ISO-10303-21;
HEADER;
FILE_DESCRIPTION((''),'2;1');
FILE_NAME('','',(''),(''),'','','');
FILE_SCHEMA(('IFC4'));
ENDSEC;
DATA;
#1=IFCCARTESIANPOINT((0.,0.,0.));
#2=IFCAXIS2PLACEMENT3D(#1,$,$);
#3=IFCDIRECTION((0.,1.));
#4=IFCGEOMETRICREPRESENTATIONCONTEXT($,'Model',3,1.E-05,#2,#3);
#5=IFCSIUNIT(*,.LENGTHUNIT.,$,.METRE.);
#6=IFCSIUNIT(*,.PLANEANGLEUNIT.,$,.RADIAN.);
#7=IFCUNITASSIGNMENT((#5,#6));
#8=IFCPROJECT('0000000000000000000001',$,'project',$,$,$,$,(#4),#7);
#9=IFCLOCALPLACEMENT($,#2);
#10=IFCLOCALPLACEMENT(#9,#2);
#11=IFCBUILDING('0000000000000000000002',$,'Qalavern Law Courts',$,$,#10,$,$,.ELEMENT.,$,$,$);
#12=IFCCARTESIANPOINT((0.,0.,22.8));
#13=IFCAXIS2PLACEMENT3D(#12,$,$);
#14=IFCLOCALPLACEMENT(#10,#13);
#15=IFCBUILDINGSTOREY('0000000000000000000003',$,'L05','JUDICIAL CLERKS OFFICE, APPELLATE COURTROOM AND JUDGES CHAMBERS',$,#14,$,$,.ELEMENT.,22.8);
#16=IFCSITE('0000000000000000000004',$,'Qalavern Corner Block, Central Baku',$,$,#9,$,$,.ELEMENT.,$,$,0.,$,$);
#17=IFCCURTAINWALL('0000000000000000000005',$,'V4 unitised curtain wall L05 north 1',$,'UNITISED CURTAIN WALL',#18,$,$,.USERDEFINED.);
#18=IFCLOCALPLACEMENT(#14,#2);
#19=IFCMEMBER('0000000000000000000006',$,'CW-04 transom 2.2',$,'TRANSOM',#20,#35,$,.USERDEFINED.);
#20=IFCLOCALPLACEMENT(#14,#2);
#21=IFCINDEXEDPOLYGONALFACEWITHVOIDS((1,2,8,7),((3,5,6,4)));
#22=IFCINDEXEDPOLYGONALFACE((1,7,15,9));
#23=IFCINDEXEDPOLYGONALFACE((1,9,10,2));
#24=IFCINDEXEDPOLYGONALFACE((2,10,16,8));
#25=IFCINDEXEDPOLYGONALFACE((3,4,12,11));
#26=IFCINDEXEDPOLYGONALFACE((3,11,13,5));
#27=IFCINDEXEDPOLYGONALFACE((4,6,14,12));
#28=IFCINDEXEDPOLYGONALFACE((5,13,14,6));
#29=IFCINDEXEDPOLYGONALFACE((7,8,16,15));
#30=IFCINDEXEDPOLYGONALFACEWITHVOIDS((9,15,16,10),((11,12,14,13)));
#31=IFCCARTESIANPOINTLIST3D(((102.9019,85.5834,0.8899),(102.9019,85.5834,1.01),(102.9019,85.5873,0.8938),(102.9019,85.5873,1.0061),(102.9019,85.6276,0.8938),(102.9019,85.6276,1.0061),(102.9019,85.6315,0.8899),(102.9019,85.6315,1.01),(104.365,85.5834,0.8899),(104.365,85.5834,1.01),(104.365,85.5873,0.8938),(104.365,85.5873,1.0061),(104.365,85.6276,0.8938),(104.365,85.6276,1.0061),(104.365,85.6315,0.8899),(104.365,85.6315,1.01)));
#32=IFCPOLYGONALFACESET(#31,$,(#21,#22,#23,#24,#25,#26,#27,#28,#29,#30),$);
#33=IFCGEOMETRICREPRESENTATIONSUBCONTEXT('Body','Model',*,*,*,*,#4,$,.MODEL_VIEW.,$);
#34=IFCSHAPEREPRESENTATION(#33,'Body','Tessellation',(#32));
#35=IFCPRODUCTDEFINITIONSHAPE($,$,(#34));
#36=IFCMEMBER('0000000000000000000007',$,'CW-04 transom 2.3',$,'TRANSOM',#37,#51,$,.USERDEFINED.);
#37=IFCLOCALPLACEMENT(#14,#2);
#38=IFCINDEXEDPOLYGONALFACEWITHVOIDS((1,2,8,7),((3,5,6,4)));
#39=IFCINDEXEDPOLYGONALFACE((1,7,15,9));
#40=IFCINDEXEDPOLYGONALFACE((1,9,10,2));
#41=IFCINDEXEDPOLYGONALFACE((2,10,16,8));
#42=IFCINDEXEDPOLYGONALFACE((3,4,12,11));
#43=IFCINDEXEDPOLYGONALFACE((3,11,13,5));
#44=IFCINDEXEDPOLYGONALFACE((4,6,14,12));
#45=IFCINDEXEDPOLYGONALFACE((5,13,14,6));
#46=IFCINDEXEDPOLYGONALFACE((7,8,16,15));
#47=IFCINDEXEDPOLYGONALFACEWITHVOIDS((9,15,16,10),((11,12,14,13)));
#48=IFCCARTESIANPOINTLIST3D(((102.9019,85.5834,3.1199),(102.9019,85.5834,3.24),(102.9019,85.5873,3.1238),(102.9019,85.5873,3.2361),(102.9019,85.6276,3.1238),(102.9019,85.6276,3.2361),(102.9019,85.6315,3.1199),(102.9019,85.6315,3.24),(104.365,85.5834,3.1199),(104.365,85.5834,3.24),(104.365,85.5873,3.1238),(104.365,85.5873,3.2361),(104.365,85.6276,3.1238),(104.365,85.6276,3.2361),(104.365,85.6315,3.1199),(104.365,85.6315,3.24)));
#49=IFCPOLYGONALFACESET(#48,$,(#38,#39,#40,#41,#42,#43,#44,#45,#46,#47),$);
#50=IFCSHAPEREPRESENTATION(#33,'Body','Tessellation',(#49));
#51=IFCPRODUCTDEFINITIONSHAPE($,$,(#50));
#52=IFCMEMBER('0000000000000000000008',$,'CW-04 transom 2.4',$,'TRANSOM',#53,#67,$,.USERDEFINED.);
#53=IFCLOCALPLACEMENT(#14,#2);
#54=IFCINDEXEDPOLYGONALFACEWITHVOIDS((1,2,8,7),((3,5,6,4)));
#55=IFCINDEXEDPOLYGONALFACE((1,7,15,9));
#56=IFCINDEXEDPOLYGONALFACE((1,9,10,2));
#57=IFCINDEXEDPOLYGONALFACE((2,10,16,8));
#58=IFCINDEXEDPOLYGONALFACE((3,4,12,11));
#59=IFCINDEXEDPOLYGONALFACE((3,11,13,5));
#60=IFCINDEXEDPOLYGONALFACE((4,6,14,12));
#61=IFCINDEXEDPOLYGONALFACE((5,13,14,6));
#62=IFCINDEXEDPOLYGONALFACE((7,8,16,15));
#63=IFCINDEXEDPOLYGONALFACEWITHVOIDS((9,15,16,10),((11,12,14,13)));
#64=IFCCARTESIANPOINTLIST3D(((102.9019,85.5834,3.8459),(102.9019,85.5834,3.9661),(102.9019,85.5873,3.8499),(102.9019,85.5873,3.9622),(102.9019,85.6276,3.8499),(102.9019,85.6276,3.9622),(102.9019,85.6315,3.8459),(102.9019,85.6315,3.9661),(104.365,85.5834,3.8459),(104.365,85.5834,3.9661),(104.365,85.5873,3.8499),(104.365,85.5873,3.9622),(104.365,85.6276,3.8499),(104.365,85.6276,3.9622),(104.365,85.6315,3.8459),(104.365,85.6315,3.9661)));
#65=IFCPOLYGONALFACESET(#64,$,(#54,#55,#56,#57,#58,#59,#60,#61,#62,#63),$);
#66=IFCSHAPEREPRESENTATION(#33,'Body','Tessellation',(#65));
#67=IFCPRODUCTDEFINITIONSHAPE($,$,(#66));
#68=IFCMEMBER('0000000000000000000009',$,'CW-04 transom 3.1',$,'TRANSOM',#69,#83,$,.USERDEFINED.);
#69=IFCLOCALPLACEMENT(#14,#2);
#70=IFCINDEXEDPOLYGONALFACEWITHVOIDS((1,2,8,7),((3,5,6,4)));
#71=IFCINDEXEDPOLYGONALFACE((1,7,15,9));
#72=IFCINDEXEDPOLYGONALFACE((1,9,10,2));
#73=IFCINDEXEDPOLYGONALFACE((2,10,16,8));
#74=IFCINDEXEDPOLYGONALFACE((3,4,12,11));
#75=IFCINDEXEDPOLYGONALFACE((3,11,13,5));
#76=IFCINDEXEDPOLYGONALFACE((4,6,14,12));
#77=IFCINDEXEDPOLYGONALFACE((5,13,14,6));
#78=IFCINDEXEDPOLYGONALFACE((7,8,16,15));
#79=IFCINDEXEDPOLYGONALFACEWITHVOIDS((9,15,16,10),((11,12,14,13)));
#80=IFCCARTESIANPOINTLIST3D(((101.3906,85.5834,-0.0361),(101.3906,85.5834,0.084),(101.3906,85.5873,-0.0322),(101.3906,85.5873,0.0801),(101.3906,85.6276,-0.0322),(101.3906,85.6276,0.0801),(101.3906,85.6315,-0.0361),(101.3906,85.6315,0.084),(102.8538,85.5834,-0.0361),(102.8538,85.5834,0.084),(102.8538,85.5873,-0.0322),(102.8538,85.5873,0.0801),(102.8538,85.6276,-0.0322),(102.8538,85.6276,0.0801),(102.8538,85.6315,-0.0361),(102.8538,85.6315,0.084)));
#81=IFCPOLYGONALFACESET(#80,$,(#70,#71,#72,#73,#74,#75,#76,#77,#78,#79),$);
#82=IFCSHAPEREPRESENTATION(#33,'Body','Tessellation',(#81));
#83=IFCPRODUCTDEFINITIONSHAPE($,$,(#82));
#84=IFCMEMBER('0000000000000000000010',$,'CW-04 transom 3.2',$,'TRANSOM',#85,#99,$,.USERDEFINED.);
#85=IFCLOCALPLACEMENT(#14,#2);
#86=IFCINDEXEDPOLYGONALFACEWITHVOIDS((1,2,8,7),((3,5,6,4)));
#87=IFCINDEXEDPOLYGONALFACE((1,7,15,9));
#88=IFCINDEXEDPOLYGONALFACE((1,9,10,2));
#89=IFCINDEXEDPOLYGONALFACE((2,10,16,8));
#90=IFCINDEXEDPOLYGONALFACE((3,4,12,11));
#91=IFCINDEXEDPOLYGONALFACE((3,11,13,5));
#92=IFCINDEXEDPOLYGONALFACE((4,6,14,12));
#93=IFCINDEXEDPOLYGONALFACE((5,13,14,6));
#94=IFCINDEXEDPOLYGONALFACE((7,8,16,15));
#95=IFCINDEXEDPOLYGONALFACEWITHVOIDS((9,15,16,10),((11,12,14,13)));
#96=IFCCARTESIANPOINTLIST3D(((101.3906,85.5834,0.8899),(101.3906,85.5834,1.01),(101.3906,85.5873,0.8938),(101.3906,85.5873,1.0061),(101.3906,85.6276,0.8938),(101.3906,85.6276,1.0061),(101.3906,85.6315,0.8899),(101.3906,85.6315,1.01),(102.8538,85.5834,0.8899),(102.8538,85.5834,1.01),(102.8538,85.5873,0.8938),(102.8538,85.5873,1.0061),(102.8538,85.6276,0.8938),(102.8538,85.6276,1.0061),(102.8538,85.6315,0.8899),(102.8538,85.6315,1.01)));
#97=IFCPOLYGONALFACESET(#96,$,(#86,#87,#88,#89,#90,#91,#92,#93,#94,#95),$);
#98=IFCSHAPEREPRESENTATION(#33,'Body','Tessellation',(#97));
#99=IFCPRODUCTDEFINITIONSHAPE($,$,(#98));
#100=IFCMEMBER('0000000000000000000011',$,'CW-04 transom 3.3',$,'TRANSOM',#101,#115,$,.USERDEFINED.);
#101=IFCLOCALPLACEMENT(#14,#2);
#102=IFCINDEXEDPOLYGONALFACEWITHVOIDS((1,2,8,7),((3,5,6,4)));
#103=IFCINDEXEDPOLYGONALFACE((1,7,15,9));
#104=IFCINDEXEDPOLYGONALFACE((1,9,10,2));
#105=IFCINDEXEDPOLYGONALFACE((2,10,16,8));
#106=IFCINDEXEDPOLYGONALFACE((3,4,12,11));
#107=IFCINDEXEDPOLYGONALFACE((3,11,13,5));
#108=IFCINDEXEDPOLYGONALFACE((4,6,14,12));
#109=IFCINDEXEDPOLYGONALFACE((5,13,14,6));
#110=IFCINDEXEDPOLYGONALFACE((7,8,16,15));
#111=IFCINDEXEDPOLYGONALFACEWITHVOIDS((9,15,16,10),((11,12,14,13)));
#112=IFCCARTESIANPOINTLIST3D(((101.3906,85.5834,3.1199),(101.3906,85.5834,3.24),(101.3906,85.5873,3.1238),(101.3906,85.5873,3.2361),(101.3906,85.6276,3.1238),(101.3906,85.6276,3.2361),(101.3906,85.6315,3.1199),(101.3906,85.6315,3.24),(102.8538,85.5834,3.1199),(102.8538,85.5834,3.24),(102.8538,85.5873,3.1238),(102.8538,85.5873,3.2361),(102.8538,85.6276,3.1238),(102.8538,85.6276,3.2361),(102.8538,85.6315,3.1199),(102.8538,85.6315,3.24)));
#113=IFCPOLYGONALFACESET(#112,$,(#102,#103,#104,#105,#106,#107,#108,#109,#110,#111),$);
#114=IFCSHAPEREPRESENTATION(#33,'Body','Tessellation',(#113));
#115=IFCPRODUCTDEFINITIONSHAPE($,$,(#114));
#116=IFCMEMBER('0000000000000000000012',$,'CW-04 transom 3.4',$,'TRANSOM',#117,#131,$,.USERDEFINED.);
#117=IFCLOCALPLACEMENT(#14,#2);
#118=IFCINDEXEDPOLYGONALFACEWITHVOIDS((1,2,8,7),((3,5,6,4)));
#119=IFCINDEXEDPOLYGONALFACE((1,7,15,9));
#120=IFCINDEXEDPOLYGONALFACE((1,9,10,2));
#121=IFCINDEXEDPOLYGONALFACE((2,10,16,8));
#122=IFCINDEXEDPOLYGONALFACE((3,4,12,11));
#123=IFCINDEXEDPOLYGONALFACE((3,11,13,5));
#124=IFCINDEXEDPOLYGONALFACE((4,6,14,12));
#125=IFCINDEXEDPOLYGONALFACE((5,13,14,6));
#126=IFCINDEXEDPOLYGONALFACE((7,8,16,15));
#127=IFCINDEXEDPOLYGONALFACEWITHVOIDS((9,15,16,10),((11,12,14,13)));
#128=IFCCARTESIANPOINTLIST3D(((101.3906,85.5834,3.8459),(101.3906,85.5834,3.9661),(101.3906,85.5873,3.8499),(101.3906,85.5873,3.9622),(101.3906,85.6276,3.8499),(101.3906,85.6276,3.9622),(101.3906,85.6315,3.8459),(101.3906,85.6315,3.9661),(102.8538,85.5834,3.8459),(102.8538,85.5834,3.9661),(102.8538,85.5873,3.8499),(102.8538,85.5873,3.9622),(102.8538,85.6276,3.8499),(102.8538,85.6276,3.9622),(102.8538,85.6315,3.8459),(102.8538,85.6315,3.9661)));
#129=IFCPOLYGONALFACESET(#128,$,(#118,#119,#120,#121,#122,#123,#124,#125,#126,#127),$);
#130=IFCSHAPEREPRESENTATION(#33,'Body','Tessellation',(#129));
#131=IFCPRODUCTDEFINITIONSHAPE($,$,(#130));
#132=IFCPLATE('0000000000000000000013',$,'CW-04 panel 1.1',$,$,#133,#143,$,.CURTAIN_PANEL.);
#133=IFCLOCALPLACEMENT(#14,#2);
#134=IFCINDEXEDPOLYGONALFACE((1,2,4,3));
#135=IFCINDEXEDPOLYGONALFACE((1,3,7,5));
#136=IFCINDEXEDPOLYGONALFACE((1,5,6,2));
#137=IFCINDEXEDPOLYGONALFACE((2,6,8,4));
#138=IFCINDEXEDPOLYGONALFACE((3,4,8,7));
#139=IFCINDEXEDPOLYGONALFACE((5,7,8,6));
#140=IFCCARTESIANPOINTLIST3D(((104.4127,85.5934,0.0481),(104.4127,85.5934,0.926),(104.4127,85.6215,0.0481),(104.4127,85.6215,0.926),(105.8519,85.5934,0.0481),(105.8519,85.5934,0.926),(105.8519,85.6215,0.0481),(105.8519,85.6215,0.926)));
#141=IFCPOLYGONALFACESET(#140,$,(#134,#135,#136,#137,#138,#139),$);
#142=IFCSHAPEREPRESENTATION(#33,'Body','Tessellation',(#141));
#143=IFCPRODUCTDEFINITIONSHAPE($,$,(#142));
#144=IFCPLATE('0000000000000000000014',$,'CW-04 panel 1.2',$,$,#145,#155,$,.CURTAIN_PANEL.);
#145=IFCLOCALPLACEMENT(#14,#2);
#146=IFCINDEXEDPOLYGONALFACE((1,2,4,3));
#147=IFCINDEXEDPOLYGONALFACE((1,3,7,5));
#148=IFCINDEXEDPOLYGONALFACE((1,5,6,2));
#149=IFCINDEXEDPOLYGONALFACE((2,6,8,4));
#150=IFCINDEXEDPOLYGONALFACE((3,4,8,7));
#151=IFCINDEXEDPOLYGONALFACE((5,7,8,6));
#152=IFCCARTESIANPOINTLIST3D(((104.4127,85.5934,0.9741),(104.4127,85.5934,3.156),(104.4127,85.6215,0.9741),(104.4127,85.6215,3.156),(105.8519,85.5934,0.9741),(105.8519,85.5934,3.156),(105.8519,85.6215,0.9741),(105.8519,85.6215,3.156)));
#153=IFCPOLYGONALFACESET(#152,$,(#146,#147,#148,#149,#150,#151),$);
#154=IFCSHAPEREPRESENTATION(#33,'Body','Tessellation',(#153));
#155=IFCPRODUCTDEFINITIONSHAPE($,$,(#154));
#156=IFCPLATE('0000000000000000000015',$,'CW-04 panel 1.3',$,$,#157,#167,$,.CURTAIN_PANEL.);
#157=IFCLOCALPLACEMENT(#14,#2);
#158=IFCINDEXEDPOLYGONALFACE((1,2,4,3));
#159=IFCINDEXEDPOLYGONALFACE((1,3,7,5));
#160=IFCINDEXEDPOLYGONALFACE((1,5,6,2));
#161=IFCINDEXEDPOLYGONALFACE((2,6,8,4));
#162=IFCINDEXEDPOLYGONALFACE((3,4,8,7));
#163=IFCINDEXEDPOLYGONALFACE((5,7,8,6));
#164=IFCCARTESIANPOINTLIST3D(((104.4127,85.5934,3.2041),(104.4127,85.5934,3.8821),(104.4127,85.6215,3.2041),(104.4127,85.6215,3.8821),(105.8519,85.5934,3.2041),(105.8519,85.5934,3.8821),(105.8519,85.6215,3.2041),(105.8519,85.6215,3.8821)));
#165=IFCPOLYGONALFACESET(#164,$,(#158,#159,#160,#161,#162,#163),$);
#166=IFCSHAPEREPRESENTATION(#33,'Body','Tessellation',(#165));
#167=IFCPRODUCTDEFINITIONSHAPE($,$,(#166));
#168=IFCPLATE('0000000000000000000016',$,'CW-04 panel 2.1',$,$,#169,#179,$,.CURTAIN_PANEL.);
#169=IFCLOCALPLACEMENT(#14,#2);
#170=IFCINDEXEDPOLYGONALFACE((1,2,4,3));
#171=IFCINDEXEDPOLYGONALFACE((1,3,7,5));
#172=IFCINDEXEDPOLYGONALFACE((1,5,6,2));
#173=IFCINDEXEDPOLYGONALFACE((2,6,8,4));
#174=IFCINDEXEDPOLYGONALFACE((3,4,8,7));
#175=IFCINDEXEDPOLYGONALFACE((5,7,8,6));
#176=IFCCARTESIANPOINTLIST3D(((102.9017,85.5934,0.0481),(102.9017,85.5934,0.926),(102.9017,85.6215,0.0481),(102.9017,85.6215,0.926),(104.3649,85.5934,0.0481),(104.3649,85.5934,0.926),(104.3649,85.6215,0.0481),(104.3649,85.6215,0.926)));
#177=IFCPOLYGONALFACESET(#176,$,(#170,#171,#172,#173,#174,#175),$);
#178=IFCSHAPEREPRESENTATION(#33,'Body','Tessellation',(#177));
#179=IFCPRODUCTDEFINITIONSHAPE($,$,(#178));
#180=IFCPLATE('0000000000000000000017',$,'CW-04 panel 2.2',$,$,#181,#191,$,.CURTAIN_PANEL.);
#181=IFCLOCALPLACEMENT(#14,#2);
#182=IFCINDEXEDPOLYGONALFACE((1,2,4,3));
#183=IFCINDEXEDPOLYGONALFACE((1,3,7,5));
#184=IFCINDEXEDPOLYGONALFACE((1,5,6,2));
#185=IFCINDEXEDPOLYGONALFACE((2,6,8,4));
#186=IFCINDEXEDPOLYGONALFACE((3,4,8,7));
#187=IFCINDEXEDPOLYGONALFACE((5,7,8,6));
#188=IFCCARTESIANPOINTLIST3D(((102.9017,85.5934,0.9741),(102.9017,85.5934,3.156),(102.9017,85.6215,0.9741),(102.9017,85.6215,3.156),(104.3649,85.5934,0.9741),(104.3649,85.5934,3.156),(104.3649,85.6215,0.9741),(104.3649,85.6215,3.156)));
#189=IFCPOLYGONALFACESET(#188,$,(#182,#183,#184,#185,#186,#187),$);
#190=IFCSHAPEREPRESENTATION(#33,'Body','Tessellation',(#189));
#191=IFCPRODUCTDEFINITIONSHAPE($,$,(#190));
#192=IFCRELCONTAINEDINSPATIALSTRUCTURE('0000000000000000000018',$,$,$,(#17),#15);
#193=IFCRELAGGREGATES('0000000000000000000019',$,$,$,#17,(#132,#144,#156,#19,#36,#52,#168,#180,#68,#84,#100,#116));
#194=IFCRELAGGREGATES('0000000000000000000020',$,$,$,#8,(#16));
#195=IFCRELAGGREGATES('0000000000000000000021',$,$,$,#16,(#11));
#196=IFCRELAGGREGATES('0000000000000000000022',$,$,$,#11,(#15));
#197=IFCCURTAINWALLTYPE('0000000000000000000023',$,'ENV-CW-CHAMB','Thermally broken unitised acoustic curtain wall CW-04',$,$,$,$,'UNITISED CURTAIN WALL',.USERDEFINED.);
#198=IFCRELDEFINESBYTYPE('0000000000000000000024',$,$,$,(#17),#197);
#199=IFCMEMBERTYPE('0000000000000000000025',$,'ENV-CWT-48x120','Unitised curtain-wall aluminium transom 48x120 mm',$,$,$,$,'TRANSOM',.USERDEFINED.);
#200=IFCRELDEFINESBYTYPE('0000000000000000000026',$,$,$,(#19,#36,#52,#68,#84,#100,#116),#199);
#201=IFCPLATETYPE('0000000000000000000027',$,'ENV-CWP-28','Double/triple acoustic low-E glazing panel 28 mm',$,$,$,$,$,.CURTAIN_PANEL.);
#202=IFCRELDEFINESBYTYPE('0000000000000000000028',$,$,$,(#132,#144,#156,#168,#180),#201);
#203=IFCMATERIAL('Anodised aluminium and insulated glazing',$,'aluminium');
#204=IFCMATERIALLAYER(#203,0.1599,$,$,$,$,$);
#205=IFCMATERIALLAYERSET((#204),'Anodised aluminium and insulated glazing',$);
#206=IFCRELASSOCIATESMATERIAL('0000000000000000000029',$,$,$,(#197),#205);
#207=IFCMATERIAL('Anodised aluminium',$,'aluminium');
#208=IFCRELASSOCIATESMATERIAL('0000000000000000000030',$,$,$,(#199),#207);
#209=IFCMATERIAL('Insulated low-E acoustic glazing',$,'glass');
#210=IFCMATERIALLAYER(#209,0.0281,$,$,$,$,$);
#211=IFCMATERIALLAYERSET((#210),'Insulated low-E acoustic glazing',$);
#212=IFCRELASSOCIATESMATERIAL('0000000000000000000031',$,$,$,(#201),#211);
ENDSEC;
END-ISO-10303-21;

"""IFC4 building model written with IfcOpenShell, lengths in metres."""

from ifc_helpers import new_model, si_unit, direction, frame, origin, origin_2d, place, context, subcontext, project, spatial, rectangle, hollow_rectangle, extrude, material, layer, layer_set, material_profile, profile_set, type_object, element, aggregate, save


model = new_model("IFC4")

# Units and contexts
model_context = context("Model", 3, precision=1e-05, world=origin(), true_north=direction((0.0, 1.0)))
body_context = subcontext(model_context, "Body", "Model", "MODEL_VIEW")
ifc_project = project(units=[si_unit("LENGTHUNIT", "METRE"), si_unit("PLANEANGLEUNIT", "RADIAN")], contexts=[model_context])

# Site, building, storey
site_placement = place(None, origin())
site = spatial("IfcSite", under=ifc_project, at=site_placement, Name="Qalavern Corner Block, Central Baku", CompositionType="ELEMENT", RefElevation=0.0)
building_placement = place(site_placement, origin())
building = spatial("IfcBuilding", under=site, at=building_placement, Name="Qalavern Law Courts", CompositionType="ELEMENT")
storey_placement = place(building_placement, frame((0.0, 0.0, 22.8)))
storey = spatial("IfcBuildingStorey", under=building, at=storey_placement, Name="L05", Description="JUDICIAL CLERKS OFFICE, APPELLATE COURTROOM AND JUDGES CHAMBERS", CompositionType="ELEMENT", Elevation=22.8)

# Shared definitions
ifc_material_1 = material(Name="Anodised aluminium and insulated glazing", Category="aluminium")
ifc_layer_1 = layer(ifc_material_1, 0.1599)
ifc_layer_set_1 = layer_set([ifc_layer_1], Name="Anodised aluminium and insulated glazing")
curtain_wall_type = type_object("IfcCurtainWallType", Name="ENV-CW-CHAMB", Description="Thermally broken unitised acoustic curtain wall CW-04", ElementType="UNITISED CURTAIN WALL", PredefinedType="USERDEFINED", material=ifc_layer_set_1)
ifc_material_2 = material(Name="Anodised aluminium", Category="aluminium")

# Curtain wall
curtain_wall_1_placement = place(storey_placement, origin())
curtain_wall_1 = element("IfcCurtainWall", 1, at=curtain_wall_1_placement, inside=storey, type_object=curtain_wall_type, Name="V4 unitised curtain wall L05 north 1", ObjectType="UNITISED CURTAIN WALL", PredefinedType="USERDEFINED")

# Members
ifc_material_profile_1 = material_profile(ifc_material_2, hollow_rectangle(XDim=0.0481, YDim=0.1201, WallThickness=0.0039, at=origin_2d()), Name="ALU TRANSOM 48x120")
ifc_profile_set_1 = profile_set([ifc_material_profile_1], Name="Anodised aluminium")
member_type_1 = type_object("IfcMemberType", Name="ENV-CWT-48x120", Description="Unitised curtain-wall aluminium transom 48x120 mm", ElementType="TRANSOM", PredefinedType="USERDEFINED", material=ifc_profile_set_1)
member_1_placement = place(storey_placement, frame((104.365, 85.6074, 0.95), z_axis=(-1.0, 0.0, 0.0), x_axis=(0.0, -1.0, 0.0)))
member_1 = element("IfcMember", 2, at=member_1_placement, type_object=member_type_1, Name="CW-04 transom 2.2", ObjectType="TRANSOM", PredefinedType="USERDEFINED", context=body_context, shape_type="SweptSolid", body=[
    extrude(hollow_rectangle(XDim=0.0481, YDim=0.1201, WallThickness=0.0039, at=origin_2d()), origin(), (0.0, 0.0, 1.0), 1.4631),
])
member_2_placement = place(storey_placement, frame((104.365, 85.6074, 3.1799), z_axis=(-1.0, 0.0, 0.0), x_axis=(0.0, -1.0, 0.0)))
member_2 = element("IfcMember", 3, at=member_2_placement, type_object=member_type_1, Name="CW-04 transom 2.3", ObjectType="TRANSOM", PredefinedType="USERDEFINED", context=body_context, shape_type="SweptSolid", body=[
    extrude(hollow_rectangle(XDim=0.0481, YDim=0.1201, WallThickness=0.0039, at=origin_2d()), origin(), (0.0, 0.0, 1.0), 1.4631),
])
member_3_placement = place(storey_placement, frame((104.365, 85.6074, 3.906), z_axis=(-1.0, 0.0, 0.0), x_axis=(0.0, -1.0, 0.0)))
member_3 = element("IfcMember", 4, at=member_3_placement, type_object=member_type_1, Name="CW-04 transom 2.4", ObjectType="TRANSOM", PredefinedType="USERDEFINED", context=body_context, shape_type="SweptSolid", body=[
    extrude(hollow_rectangle(XDim=0.0481, YDim=0.1201, WallThickness=0.0039, at=origin_2d()), origin(), (0.0, 0.0, 1.0), 1.4631),
])
member_4_placement = place(storey_placement, frame((102.8538, 85.6074, 0.0239), z_axis=(-1.0, 0.0, 0.0), x_axis=(0.0, -1.0, 0.0)))
member_4 = element("IfcMember", 5, at=member_4_placement, type_object=member_type_1, Name="CW-04 transom 3.1", ObjectType="TRANSOM", PredefinedType="USERDEFINED", context=body_context, shape_type="SweptSolid", body=[
    extrude(hollow_rectangle(XDim=0.0481, YDim=0.1201, WallThickness=0.0039, at=origin_2d()), origin(), (0.0, 0.0, 1.0), 1.4631),
])
member_5_placement = place(storey_placement, frame((102.8538, 85.6074, 0.95), z_axis=(-1.0, 0.0, 0.0), x_axis=(0.0, -1.0, 0.0)))
member_5 = element("IfcMember", 6, at=member_5_placement, type_object=member_type_1, Name="CW-04 transom 3.2", ObjectType="TRANSOM", PredefinedType="USERDEFINED", context=body_context, shape_type="SweptSolid", body=[
    extrude(hollow_rectangle(XDim=0.0481, YDim=0.1201, WallThickness=0.0039, at=origin_2d()), origin(), (0.0, 0.0, 1.0), 1.4631),
])
member_6_placement = place(storey_placement, frame((102.8538, 85.6074, 3.1799), z_axis=(-1.0, 0.0, 0.0), x_axis=(0.0, -1.0, 0.0)))
member_6 = element("IfcMember", 7, at=member_6_placement, type_object=member_type_1, Name="CW-04 transom 3.3", ObjectType="TRANSOM", PredefinedType="USERDEFINED", context=body_context, shape_type="SweptSolid", body=[
    extrude(hollow_rectangle(XDim=0.0481, YDim=0.1201, WallThickness=0.0039, at=origin_2d()), origin(), (0.0, 0.0, 1.0), 1.4631),
])
member_7_placement = place(storey_placement, frame((102.8538, 85.6074, 3.906), z_axis=(-1.0, 0.0, 0.0), x_axis=(0.0, -1.0, 0.0)))
member_7 = element("IfcMember", 8, at=member_7_placement, type_object=member_type_1, Name="CW-04 transom 3.4", ObjectType="TRANSOM", PredefinedType="USERDEFINED", context=body_context, shape_type="SweptSolid", body=[
    extrude(hollow_rectangle(XDim=0.0481, YDim=0.1201, WallThickness=0.0039, at=origin_2d()), origin(), (0.0, 0.0, 1.0), 1.4631),
])

# Plates
ifc_material_3 = material(Name="Insulated low-E acoustic glazing", Category="glass")
ifc_layer_2 = layer(ifc_material_3, 0.0281)
ifc_layer_set_2 = layer_set([ifc_layer_2], Name="Insulated low-E acoustic glazing")
plate_type_1 = type_object("IfcPlateType", Name="ENV-CWP-28", Description="Double/triple acoustic low-E glazing panel 28 mm", PredefinedType="CURTAIN_PANEL", material=ifc_layer_set_2)
plate_1_placement = place(storey_placement, frame((105.1323, 85.6074, 0.0481), z_axis=(0.0, 0.0, 1.0), x_axis=(-1.0, 0.0, 0.0)))
plate_1 = element("IfcPlate", 9, at=plate_1_placement, type_object=plate_type_1, Name="CW-04 panel 1.1", PredefinedType="CURTAIN_PANEL", context=body_context, shape_type="SweptSolid", body=[
    extrude(rectangle(XDim=1.4392, YDim=0.0281, at=origin_2d()), origin(), (0.0, 0.0, 1.0), 0.8779),
])
plate_2_placement = place(storey_placement, frame((105.1323, 85.6074, 0.9741), z_axis=(0.0, 0.0, 1.0), x_axis=(-1.0, 0.0, 0.0)))
plate_2 = element("IfcPlate", 10, at=plate_2_placement, type_object=plate_type_1, Name="CW-04 panel 1.2", PredefinedType="CURTAIN_PANEL", context=body_context, shape_type="SweptSolid", body=[
    extrude(rectangle(XDim=1.4392, YDim=0.0281, at=origin_2d()), origin(), (0.0, 0.0, 1.0), 2.1819),
])
plate_3_placement = place(storey_placement, frame((105.1323, 85.6074, 3.2041), z_axis=(0.0, 0.0, 1.0), x_axis=(-1.0, 0.0, 0.0)))
plate_3 = element("IfcPlate", 11, at=plate_3_placement, type_object=plate_type_1, Name="CW-04 panel 1.3", PredefinedType="CURTAIN_PANEL", context=body_context, shape_type="SweptSolid", body=[
    extrude(rectangle(XDim=1.4392, YDim=0.0281, at=origin_2d()), origin(), (0.0, 0.0, 1.0), 0.678),
])
plate_4_placement = place(storey_placement, frame((103.6333, 85.6074, 0.0481), z_axis=(0.0, 0.0, 1.0), x_axis=(-1.0, 0.0, 0.0)))
plate_4 = element("IfcPlate", 12, at=plate_4_placement, type_object=plate_type_1, Name="CW-04 panel 2.1", PredefinedType="CURTAIN_PANEL", context=body_context, shape_type="SweptSolid", body=[
    extrude(rectangle(XDim=1.4631, YDim=0.0281, at=origin_2d()), origin(), (0.0, 0.0, 1.0), 0.8779),
])
plate_5_placement = place(storey_placement, frame((103.6333, 85.6074, 0.9741), z_axis=(0.0, 0.0, 1.0), x_axis=(-1.0, 0.0, 0.0)))
plate_5 = element("IfcPlate", 13, at=plate_5_placement, type_object=plate_type_1, Name="CW-04 panel 2.2", PredefinedType="CURTAIN_PANEL", context=body_context, shape_type="SweptSolid", body=[
    extrude(rectangle(XDim=1.4631, YDim=0.0281, at=origin_2d()), origin(), (0.0, 0.0, 1.0), 2.1819),
])
aggregate(curtain_wall_1, [plate_1, plate_2, plate_3, member_1, member_2, member_3, plate_4, plate_5, member_4, member_5, member_6, member_7])

save(model, "model.ifc")
